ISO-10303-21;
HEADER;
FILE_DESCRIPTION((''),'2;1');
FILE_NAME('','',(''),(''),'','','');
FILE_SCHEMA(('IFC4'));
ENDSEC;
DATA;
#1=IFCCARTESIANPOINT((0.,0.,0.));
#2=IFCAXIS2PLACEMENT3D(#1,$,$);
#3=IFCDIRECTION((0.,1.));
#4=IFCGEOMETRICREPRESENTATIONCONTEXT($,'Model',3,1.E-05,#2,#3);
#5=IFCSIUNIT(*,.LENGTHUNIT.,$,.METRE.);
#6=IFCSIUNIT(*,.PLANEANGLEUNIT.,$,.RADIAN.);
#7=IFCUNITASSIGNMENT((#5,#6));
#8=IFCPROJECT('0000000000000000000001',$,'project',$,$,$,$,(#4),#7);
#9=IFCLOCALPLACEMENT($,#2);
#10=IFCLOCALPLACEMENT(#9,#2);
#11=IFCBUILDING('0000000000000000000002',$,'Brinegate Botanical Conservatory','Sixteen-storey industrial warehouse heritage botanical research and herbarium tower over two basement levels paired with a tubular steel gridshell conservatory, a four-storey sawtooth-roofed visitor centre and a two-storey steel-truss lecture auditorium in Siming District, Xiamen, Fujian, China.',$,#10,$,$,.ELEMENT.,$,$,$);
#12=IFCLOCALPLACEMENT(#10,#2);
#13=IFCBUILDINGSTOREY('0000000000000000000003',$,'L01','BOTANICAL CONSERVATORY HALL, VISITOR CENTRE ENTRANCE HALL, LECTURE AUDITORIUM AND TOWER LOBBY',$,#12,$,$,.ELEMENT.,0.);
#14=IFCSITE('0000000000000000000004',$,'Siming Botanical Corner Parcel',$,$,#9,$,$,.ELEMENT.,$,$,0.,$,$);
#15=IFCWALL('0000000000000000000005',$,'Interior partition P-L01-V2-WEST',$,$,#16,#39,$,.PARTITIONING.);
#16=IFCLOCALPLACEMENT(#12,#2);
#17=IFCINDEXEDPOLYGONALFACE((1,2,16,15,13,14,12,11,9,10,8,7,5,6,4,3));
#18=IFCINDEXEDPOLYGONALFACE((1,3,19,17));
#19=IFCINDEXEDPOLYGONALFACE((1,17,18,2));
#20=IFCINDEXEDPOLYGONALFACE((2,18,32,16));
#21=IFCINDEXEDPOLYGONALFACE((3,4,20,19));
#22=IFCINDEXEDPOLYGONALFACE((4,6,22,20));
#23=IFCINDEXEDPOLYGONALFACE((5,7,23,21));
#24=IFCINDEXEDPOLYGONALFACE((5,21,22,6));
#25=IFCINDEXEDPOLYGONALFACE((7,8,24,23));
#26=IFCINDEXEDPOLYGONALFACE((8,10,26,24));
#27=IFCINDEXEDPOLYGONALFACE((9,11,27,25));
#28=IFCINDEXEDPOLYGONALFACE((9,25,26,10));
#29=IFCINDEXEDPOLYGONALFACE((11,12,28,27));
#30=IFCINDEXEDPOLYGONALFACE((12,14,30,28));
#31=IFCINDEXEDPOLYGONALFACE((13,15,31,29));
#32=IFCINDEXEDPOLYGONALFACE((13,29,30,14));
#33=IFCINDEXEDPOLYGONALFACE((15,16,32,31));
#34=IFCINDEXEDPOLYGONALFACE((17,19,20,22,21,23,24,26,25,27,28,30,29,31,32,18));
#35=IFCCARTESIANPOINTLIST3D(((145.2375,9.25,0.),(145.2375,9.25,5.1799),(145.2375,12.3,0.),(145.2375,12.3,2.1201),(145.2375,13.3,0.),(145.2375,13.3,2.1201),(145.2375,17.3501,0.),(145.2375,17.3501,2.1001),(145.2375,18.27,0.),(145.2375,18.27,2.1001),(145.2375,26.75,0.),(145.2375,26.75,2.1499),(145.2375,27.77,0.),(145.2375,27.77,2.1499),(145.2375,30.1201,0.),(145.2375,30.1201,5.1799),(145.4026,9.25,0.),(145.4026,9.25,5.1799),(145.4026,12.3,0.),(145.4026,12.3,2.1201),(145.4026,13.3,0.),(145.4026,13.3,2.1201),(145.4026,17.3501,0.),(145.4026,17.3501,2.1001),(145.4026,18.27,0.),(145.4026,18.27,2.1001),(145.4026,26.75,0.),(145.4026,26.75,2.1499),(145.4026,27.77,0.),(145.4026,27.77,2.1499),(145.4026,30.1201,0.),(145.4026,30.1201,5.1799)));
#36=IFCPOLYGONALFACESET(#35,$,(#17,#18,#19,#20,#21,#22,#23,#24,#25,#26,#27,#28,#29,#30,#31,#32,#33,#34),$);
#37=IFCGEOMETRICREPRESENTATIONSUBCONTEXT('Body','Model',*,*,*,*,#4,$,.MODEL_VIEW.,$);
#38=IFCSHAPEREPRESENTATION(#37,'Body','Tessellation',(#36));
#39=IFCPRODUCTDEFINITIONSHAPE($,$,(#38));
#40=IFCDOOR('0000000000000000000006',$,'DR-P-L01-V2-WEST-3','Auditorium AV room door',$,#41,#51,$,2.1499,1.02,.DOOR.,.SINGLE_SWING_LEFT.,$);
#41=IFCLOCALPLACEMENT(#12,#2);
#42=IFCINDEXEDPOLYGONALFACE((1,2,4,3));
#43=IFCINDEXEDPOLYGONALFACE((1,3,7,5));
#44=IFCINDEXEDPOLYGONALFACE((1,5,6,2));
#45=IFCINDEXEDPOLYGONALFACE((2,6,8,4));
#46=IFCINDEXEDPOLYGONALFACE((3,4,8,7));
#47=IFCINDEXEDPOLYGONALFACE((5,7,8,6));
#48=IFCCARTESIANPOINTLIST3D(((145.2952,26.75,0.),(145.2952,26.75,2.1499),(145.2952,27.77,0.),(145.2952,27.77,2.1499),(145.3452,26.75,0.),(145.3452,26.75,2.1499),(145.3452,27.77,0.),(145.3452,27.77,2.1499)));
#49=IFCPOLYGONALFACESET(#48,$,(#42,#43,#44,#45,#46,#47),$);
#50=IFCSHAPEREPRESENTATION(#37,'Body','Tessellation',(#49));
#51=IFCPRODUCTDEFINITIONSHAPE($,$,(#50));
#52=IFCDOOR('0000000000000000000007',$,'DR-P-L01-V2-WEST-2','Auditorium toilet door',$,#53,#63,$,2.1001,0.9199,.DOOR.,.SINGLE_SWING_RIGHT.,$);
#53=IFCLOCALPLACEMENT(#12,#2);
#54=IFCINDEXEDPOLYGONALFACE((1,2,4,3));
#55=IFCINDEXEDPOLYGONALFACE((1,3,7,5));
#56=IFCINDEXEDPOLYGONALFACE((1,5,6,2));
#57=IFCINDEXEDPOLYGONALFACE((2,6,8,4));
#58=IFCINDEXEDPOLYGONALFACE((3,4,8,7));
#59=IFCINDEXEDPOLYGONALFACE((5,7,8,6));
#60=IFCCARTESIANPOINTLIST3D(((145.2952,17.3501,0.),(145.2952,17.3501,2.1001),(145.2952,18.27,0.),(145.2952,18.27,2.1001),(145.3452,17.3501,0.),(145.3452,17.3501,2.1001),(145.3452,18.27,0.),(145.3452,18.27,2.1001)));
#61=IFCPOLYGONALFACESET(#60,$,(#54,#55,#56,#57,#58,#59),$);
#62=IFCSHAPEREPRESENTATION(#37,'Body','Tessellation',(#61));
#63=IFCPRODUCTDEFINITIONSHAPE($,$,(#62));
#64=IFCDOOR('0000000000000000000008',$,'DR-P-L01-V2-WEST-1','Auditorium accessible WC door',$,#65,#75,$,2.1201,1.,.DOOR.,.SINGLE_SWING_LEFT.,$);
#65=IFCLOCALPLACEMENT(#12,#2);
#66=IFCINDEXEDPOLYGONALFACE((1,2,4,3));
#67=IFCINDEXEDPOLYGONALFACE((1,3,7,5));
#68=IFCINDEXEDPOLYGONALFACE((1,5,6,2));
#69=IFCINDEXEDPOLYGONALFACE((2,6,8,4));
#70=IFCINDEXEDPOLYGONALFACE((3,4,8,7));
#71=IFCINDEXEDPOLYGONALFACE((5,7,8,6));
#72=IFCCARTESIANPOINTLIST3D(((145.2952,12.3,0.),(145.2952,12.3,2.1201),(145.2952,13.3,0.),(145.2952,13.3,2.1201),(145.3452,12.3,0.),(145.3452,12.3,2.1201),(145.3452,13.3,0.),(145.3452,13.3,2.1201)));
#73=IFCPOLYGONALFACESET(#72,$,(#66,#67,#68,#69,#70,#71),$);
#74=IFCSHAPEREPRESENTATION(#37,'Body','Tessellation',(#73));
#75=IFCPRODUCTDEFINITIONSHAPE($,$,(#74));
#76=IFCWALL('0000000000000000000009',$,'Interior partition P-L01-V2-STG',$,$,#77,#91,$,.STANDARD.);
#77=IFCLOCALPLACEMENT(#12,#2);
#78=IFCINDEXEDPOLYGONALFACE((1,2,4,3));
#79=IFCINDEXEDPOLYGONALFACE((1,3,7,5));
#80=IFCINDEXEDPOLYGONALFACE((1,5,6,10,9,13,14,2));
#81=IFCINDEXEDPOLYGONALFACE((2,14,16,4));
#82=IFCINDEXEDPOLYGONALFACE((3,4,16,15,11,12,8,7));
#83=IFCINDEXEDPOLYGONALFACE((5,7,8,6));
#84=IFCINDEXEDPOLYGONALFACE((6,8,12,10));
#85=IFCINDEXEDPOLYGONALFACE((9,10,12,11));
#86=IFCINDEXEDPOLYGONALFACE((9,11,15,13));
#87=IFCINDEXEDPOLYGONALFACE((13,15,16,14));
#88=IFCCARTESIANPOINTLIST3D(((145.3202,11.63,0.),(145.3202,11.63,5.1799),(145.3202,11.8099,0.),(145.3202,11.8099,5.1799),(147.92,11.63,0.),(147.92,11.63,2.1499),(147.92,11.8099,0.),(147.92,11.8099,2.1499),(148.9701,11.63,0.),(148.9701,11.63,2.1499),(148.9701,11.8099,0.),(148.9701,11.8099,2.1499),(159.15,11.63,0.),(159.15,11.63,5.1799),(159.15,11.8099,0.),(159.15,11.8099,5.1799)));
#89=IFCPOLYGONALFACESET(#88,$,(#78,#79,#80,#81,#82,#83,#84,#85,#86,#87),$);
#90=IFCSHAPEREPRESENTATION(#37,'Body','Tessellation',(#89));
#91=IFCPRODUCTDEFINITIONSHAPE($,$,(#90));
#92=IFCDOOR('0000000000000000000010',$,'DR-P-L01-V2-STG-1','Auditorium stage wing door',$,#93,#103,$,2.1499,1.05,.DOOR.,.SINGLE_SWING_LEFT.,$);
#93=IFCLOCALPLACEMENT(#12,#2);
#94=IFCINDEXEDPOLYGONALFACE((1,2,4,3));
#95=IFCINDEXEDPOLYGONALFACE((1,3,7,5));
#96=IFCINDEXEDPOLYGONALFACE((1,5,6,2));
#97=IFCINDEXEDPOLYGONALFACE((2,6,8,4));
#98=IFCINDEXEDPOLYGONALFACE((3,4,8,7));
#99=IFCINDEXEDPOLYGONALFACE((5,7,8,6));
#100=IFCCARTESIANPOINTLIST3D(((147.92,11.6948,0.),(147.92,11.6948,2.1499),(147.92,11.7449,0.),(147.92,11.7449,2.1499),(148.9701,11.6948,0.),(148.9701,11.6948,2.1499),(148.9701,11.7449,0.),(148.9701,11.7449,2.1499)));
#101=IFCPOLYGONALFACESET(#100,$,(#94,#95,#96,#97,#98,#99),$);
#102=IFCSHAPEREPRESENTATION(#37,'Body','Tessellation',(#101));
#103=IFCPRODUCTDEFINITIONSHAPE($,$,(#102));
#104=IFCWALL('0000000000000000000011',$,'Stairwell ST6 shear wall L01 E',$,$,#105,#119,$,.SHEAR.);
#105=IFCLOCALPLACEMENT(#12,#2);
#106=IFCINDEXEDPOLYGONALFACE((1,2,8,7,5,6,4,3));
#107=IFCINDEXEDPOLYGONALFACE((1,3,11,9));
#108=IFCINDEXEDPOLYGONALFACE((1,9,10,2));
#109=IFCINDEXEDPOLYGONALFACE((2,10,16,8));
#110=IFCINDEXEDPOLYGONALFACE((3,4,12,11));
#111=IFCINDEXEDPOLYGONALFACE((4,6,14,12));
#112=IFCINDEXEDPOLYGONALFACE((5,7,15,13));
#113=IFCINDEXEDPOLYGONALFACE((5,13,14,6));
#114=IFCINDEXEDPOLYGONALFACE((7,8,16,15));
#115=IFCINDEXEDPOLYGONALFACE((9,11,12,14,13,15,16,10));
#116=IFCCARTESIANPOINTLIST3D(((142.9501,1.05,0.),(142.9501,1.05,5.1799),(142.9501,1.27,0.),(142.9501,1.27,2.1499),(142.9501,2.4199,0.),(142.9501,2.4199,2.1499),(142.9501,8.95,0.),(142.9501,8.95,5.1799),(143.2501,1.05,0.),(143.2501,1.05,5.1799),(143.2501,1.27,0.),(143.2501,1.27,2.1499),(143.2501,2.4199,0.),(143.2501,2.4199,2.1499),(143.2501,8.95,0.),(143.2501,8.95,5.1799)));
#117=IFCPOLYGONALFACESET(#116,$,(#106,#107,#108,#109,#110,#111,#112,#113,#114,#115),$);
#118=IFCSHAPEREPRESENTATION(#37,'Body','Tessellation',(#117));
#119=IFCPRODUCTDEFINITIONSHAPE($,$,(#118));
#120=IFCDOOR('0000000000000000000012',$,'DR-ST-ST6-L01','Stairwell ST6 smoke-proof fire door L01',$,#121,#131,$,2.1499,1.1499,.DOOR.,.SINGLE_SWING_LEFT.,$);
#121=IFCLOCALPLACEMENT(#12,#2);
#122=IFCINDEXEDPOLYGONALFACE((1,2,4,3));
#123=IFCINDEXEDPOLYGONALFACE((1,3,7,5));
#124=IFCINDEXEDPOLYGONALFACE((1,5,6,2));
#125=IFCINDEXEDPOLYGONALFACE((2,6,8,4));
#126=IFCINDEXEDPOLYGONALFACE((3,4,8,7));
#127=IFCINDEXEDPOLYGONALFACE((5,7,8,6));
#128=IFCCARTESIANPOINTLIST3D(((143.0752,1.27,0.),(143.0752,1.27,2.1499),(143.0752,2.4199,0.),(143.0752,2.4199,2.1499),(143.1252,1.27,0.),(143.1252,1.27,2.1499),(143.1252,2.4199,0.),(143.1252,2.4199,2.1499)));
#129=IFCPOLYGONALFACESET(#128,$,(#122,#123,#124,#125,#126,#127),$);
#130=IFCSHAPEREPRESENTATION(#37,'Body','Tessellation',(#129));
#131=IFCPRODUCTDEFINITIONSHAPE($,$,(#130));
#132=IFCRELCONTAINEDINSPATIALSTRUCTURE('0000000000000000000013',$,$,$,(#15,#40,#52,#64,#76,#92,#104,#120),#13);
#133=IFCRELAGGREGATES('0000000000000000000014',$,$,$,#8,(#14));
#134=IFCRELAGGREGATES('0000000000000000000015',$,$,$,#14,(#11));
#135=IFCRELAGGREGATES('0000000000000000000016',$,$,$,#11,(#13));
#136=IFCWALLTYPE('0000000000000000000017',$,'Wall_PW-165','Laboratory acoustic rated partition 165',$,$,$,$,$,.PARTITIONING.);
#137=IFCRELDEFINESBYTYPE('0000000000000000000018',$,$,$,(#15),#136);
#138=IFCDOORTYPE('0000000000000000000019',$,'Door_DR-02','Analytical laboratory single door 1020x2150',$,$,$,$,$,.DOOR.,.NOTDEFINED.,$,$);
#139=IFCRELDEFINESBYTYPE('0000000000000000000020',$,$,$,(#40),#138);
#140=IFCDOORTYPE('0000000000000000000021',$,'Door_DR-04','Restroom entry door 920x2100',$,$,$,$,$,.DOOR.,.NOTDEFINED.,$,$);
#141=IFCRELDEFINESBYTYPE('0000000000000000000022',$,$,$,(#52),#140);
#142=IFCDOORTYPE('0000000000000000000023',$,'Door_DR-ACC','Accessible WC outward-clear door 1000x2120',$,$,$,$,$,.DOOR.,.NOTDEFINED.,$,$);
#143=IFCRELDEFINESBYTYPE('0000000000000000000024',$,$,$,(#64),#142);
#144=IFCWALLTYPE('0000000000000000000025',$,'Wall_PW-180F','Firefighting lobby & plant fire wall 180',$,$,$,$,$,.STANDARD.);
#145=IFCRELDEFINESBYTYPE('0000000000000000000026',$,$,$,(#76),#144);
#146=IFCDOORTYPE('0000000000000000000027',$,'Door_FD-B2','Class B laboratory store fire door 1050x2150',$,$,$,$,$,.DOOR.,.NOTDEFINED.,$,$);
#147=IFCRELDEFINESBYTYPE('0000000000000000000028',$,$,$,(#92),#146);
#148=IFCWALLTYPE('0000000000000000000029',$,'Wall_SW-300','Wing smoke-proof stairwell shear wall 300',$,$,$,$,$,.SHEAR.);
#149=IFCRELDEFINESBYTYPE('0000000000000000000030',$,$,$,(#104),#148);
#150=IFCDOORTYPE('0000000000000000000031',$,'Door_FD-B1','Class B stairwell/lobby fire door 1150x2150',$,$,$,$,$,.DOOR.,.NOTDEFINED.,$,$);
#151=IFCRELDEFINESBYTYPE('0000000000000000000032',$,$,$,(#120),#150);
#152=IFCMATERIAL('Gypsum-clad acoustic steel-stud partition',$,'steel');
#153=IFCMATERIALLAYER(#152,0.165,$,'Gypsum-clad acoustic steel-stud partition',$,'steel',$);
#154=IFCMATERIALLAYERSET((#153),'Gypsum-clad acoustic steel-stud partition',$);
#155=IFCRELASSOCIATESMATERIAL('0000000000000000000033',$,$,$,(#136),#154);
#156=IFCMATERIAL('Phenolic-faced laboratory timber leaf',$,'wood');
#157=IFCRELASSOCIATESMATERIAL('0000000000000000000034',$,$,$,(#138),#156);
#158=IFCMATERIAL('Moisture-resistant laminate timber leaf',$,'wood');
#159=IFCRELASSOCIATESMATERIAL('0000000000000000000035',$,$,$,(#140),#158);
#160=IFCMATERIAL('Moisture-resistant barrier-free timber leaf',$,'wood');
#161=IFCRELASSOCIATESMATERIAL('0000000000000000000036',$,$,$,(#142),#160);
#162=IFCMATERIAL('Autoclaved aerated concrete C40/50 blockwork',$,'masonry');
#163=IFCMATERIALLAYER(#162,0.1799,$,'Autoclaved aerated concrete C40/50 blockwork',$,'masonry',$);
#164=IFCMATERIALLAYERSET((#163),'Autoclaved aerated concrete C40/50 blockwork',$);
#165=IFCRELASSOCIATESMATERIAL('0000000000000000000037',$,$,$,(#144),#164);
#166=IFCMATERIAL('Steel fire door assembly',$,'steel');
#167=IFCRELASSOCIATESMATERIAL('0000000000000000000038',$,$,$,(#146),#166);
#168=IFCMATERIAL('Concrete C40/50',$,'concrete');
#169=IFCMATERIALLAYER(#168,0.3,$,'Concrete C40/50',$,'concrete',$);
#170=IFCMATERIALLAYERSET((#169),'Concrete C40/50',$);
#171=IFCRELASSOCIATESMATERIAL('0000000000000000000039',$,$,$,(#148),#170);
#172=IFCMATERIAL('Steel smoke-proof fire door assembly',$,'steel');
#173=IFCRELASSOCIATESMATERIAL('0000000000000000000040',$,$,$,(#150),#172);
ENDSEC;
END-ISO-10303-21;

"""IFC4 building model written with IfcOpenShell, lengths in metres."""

from ifc_helpers import new_model, si_unit, direction, frame, frame_2d, origin, place, context, subcontext, project, spatial, rectangle, extrude, material, layer, layer_set, type_object, element, fill, save


model = new_model("IFC4")

# Units and contexts
model_context = context("Model", 3, precision=1e-05, world=origin(), true_north=direction((0.0, 1.0)))
body_context = subcontext(model_context, "Body", "Model", "MODEL_VIEW")
ifc_project = project(units=[si_unit("LENGTHUNIT", "METRE"), si_unit("PLANEANGLEUNIT", "RADIAN")], contexts=[model_context])

# Site, building, storey
site_placement = place(None, origin())
site = spatial("IfcSite", under=ifc_project, at=site_placement, Name="Siming Botanical Corner Parcel", CompositionType="ELEMENT", RefElevation=0.0)
building_placement = place(site_placement, origin())
building = spatial("IfcBuilding", under=site, at=building_placement, Name="Brinegate Botanical Conservatory", Description="Sixteen-storey industrial warehouse heritage botanical research and herbarium tower over two basement levels paired with a tubular steel gridshell conservatory, a four-storey sawtooth-roofed visitor centre and a two-storey steel-truss lecture auditorium in Siming District, Xiamen, Fujian, China.", CompositionType="ELEMENT")
storey_placement = place(building_placement, origin())
storey = spatial("IfcBuildingStorey", under=building, at=storey_placement, Name="L01", Description="BOTANICAL CONSERVATORY HALL, VISITOR CENTRE ENTRANCE HALL, LECTURE AUDITORIUM AND TOWER LOBBY", CompositionType="ELEMENT", Elevation=0.0)

# Shared definitions
ifc_material_1 = material(Name="Concrete C40/50", Category="concrete")

# Wall, openings, doors
ifc_material_2 = material(Name="Gypsum-clad acoustic steel-stud partition", Category="steel")
ifc_layer_1 = layer(ifc_material_2, 0.165, Name="Gypsum-clad acoustic steel-stud partition", Category="steel")
ifc_layer_set_1 = layer_set([ifc_layer_1], Name="Gypsum-clad acoustic steel-stud partition")
wall_type_1 = type_object("IfcWallType", Name="Wall_PW-165", Description="Laboratory acoustic rated partition 165", PredefinedType="PARTITIONING", material=ifc_layer_set_1)
wall_1_placement = place(storey_placement, frame((145.3201, 9.25, 0.0), z_axis=(0.0, 0.0, 1.0), x_axis=(0.0, 1.0, 0.0)))
wall_1 = element("IfcWall", 1, at=wall_1_placement, inside=storey, type_object=wall_type_1, Name="Interior partition P-L01-V2-WEST", PredefinedType="PARTITIONING", context=body_context, shape_type="SweptSolid", body=[
    extrude(rectangle(XDim=20.8701, YDim=0.165, at=frame_2d((10.4351, 0.0))), origin(), (0.0, 0.0, 1.0), 5.1799),
])
opening_1_placement = place(wall_1_placement, frame((3.05, 0.0, 0.0)))
opening_1 = element("IfcOpeningElement", 2, at=opening_1_placement, cuts=wall_1, PredefinedType="OPENING", context=body_context, shape_type="SweptSolid", body=[
    extrude(rectangle(XDim=1.0, YDim=2.1201, at=frame_2d((0.5, 1.0601))), frame((0.0, 0.0925, 0.0), z_axis=(0.0, -1.0, 0.0), x_axis=(1.0, 0.0, 0.0)), (0.0, 0.0, 1.0), 0.1851),
])
opening_2_placement = place(wall_1_placement, frame((8.1001, 0.0, 0.0)))
opening_2 = element("IfcOpeningElement", 3, at=opening_2_placement, cuts=wall_1, PredefinedType="OPENING", context=body_context, shape_type="SweptSolid", body=[
    extrude(rectangle(XDim=0.9199, YDim=2.1001, at=frame_2d((0.46, 1.05))), frame((0.0, 0.0925, 0.0), z_axis=(0.0, -1.0, 0.0), x_axis=(1.0, 0.0, 0.0)), (0.0, 0.0, 1.0), 0.1851),
])
opening_3_placement = place(wall_1_placement, frame((17.5, 0.0, 0.0)))
opening_3 = element("IfcOpeningElement", 4, at=opening_3_placement, cuts=wall_1, PredefinedType="OPENING", context=body_context, shape_type="SweptSolid", body=[
    extrude(rectangle(XDim=1.02, YDim=2.1499, at=frame_2d((0.51, 1.075))), frame((0.0, 0.0925, 0.0), z_axis=(0.0, -1.0, 0.0), x_axis=(1.0, 0.0, 0.0)), (0.0, 0.0, 1.0), 0.1851),
])
ifc_material_3 = material(Name="Phenolic-faced laboratory timber leaf", Category="wood")
door_type_1 = type_object("IfcDoorType", Name="Door_DR-02", Description="Analytical laboratory single door 1020x2150", OperationType="NOTDEFINED", PredefinedType="DOOR", material=ifc_material_3)
door_1_placement = place(opening_3_placement, origin())
door_1 = element("IfcDoor", 5, at=door_1_placement, inside=storey, type_object=door_type_1, Name="DR-P-L01-V2-WEST-3", Description="Auditorium AV room door", OperationType="SINGLE_SWING_LEFT", OverallHeight=2.1499, OverallWidth=1.02, PredefinedType="DOOR", context=body_context, shape_type="SweptSolid", body=[
    extrude(rectangle(XDim=1.02, YDim=2.1499, at=frame_2d((0.51, 1.075))), frame((0.0, 0.0249, 0.0), z_axis=(0.0, -1.0, 0.0), x_axis=(1.0, 0.0, 0.0)), (0.0, 0.0, 1.0), 0.05),
])
fill(opening_3, door_1)
ifc_material_4 = material(Name="Moisture-resistant laminate timber leaf", Category="wood")
door_type_2 = type_object("IfcDoorType", Name="Door_DR-04", Description="Restroom entry door 920x2100", OperationType="NOTDEFINED", PredefinedType="DOOR", material=ifc_material_4)
door_2_placement = place(opening_2_placement, origin())
door_2 = element("IfcDoor", 6, at=door_2_placement, inside=storey, type_object=door_type_2, Name="DR-P-L01-V2-WEST-2", Description="Auditorium toilet door", OperationType="SINGLE_SWING_RIGHT", OverallHeight=2.1001, OverallWidth=0.9199, PredefinedType="DOOR", context=body_context, shape_type="SweptSolid", body=[
    extrude(rectangle(XDim=0.9199, YDim=2.1001, at=frame_2d((0.46, 1.05))), frame((0.0, 0.0249, 0.0), z_axis=(0.0, -1.0, 0.0), x_axis=(1.0, 0.0, 0.0)), (0.0, 0.0, 1.0), 0.05),
])
fill(opening_2, door_2)
ifc_material_5 = material(Name="Moisture-resistant barrier-free timber leaf", Category="wood")
door_type_3 = type_object("IfcDoorType", Name="Door_DR-ACC", Description="Accessible WC outward-clear door 1000x2120", OperationType="NOTDEFINED", PredefinedType="DOOR", material=ifc_material_5)
door_3_placement = place(opening_1_placement, origin())
door_3 = element("IfcDoor", 7, at=door_3_placement, inside=storey, type_object=door_type_3, Name="DR-P-L01-V2-WEST-1", Description="Auditorium accessible WC door", OperationType="SINGLE_SWING_LEFT", OverallHeight=2.1201, OverallWidth=1.0, PredefinedType="DOOR", context=body_context, shape_type="SweptSolid", body=[
    extrude(rectangle(XDim=1.0, YDim=2.1201, at=frame_2d((0.5, 1.0601))), frame((0.0, 0.0249, 0.0), z_axis=(0.0, -1.0, 0.0), x_axis=(1.0, 0.0, 0.0)), (0.0, 0.0, 1.0), 0.05),
])
fill(opening_1, door_3)

# Walls, openings, doors
ifc_material_6 = material(Name="Autoclaved aerated concrete C40/50 blockwork", Category="masonry")
ifc_layer_2 = layer(ifc_material_6, 0.1799, Name="Autoclaved aerated concrete C40/50 blockwork", Category="masonry")
ifc_layer_set_2 = layer_set([ifc_layer_2], Name="Autoclaved aerated concrete C40/50 blockwork")
wall_type_2 = type_object("IfcWallType", Name="Wall_PW-180F", Description="Firefighting lobby & plant fire wall 180", PredefinedType="STANDARD", material=ifc_layer_set_2)
wall_2_placement = place(storey_placement, frame((145.3201, 11.72, 0.0), z_axis=(0.0, 0.0, 1.0), x_axis=(1.0, 0.0, 0.0)))
wall_2 = element("IfcWall", 8, at=wall_2_placement, inside=storey, type_object=wall_type_2, Name="Interior partition P-L01-V2-STG", PredefinedType="STANDARD", context=body_context, shape_type="SweptSolid", body=[
    extrude(rectangle(XDim=13.8298, YDim=0.1799, at=frame_2d((6.915, 0.0))), origin(), (0.0, 0.0, 1.0), 5.1799),
])
opening_4_placement = place(wall_2_placement, frame((2.6001, 0.0, 0.0)))
opening_4 = element("IfcOpeningElement", 9, at=opening_4_placement, cuts=wall_2, PredefinedType="OPENING", context=body_context, shape_type="SweptSolid", body=[
    extrude(rectangle(XDim=1.05, YDim=2.1499, at=frame_2d((0.5249, 1.075))), frame((0.0, 0.0999, 0.0), z_axis=(0.0, -1.0, 0.0), x_axis=(1.0, 0.0, 0.0)), (0.0, 0.0, 1.0), 0.2),
])
ifc_material_7 = material(Name="Steel fire door assembly", Category="steel")
door_type_4 = type_object("IfcDoorType", Name="Door_FD-B2", Description="Class B laboratory store fire door 1050x2150", OperationType="NOTDEFINED", PredefinedType="DOOR", material=ifc_material_7)
door_4_placement = place(opening_4_placement, origin())
door_4 = element("IfcDoor", 10, at=door_4_placement, inside=storey, type_object=door_type_4, Name="DR-P-L01-V2-STG-1", Description="Auditorium stage wing door", OperationType="SINGLE_SWING_LEFT", OverallHeight=2.1499, OverallWidth=1.05, PredefinedType="DOOR", context=body_context, shape_type="SweptSolid", body=[
    extrude(rectangle(XDim=1.05, YDim=2.1499, at=frame_2d((0.5249, 1.075))), frame((0.0, 0.0249, 0.0), z_axis=(0.0, -1.0, 0.0), x_axis=(1.0, 0.0, 0.0)), (0.0, 0.0, 1.0), 0.05),
])
fill(opening_4, door_4)
ifc_layer_3 = layer(ifc_material_1, 0.3, Name="Concrete C40/50", Category="concrete")
ifc_layer_set_3 = layer_set([ifc_layer_3], Name="Concrete C40/50")
wall_type_3 = type_object("IfcWallType", Name="Wall_SW-300", Description="Wing smoke-proof stairwell shear wall 300", PredefinedType="SHEAR", material=ifc_layer_set_3)
wall_3_placement = place(storey_placement, frame((143.1001, 1.05, 0.0), z_axis=(0.0, 0.0, 1.0), x_axis=(0.0, 1.0, 0.0)))
wall_3 = element("IfcWall", 11, at=wall_3_placement, inside=storey, type_object=wall_type_3, Name="Stairwell ST6 shear wall L01 E", PredefinedType="SHEAR", context=body_context, shape_type="SweptSolid", body=[
    extrude(rectangle(XDim=7.8999, YDim=0.3, at=frame_2d((3.95, 0.0))), origin(), (0.0, 0.0, 1.0), 5.1799),
])
opening_5_placement = place(wall_3_placement, frame((0.22, 0.0, 0.0)))
opening_5 = element("IfcOpeningElement", 12, at=opening_5_placement, cuts=wall_3, PredefinedType="OPENING", context=body_context, shape_type="SweptSolid", body=[
    extrude(rectangle(XDim=1.1499, YDim=2.1499, at=frame_2d((0.575, 1.075))), frame((0.0, 0.1599, 0.0), z_axis=(0.0, -1.0, 0.0), x_axis=(1.0, 0.0, 0.0)), (0.0, 0.0, 1.0), 0.3201),
])
ifc_material_8 = material(Name="Steel smoke-proof fire door assembly", Category="steel")
door_type_5 = type_object("IfcDoorType", Name="Door_FD-B1", Description="Class B stairwell/lobby fire door 1150x2150", OperationType="NOTDEFINED", PredefinedType="DOOR", material=ifc_material_8)
door_5_placement = place(opening_5_placement, origin())
door_5 = element("IfcDoor", 13, at=door_5_placement, inside=storey, type_object=door_type_5, Name="DR-ST-ST6-L01", Description="Stairwell ST6 smoke-proof fire door L01", OperationType="SINGLE_SWING_LEFT", OverallHeight=2.1499, OverallWidth=1.1499, PredefinedType="DOOR", context=body_context, shape_type="SweptSolid", body=[
    extrude(rectangle(XDim=1.1499, YDim=2.1499, at=frame_2d((0.575, 1.075))), frame((0.0, 0.0249, 0.0), z_axis=(0.0, -1.0, 0.0), x_axis=(1.0, 0.0, 0.0)), (0.0, 0.0, 1.0), 0.05),
])
fill(opening_5, door_5)

save(model, "model.ifc")
